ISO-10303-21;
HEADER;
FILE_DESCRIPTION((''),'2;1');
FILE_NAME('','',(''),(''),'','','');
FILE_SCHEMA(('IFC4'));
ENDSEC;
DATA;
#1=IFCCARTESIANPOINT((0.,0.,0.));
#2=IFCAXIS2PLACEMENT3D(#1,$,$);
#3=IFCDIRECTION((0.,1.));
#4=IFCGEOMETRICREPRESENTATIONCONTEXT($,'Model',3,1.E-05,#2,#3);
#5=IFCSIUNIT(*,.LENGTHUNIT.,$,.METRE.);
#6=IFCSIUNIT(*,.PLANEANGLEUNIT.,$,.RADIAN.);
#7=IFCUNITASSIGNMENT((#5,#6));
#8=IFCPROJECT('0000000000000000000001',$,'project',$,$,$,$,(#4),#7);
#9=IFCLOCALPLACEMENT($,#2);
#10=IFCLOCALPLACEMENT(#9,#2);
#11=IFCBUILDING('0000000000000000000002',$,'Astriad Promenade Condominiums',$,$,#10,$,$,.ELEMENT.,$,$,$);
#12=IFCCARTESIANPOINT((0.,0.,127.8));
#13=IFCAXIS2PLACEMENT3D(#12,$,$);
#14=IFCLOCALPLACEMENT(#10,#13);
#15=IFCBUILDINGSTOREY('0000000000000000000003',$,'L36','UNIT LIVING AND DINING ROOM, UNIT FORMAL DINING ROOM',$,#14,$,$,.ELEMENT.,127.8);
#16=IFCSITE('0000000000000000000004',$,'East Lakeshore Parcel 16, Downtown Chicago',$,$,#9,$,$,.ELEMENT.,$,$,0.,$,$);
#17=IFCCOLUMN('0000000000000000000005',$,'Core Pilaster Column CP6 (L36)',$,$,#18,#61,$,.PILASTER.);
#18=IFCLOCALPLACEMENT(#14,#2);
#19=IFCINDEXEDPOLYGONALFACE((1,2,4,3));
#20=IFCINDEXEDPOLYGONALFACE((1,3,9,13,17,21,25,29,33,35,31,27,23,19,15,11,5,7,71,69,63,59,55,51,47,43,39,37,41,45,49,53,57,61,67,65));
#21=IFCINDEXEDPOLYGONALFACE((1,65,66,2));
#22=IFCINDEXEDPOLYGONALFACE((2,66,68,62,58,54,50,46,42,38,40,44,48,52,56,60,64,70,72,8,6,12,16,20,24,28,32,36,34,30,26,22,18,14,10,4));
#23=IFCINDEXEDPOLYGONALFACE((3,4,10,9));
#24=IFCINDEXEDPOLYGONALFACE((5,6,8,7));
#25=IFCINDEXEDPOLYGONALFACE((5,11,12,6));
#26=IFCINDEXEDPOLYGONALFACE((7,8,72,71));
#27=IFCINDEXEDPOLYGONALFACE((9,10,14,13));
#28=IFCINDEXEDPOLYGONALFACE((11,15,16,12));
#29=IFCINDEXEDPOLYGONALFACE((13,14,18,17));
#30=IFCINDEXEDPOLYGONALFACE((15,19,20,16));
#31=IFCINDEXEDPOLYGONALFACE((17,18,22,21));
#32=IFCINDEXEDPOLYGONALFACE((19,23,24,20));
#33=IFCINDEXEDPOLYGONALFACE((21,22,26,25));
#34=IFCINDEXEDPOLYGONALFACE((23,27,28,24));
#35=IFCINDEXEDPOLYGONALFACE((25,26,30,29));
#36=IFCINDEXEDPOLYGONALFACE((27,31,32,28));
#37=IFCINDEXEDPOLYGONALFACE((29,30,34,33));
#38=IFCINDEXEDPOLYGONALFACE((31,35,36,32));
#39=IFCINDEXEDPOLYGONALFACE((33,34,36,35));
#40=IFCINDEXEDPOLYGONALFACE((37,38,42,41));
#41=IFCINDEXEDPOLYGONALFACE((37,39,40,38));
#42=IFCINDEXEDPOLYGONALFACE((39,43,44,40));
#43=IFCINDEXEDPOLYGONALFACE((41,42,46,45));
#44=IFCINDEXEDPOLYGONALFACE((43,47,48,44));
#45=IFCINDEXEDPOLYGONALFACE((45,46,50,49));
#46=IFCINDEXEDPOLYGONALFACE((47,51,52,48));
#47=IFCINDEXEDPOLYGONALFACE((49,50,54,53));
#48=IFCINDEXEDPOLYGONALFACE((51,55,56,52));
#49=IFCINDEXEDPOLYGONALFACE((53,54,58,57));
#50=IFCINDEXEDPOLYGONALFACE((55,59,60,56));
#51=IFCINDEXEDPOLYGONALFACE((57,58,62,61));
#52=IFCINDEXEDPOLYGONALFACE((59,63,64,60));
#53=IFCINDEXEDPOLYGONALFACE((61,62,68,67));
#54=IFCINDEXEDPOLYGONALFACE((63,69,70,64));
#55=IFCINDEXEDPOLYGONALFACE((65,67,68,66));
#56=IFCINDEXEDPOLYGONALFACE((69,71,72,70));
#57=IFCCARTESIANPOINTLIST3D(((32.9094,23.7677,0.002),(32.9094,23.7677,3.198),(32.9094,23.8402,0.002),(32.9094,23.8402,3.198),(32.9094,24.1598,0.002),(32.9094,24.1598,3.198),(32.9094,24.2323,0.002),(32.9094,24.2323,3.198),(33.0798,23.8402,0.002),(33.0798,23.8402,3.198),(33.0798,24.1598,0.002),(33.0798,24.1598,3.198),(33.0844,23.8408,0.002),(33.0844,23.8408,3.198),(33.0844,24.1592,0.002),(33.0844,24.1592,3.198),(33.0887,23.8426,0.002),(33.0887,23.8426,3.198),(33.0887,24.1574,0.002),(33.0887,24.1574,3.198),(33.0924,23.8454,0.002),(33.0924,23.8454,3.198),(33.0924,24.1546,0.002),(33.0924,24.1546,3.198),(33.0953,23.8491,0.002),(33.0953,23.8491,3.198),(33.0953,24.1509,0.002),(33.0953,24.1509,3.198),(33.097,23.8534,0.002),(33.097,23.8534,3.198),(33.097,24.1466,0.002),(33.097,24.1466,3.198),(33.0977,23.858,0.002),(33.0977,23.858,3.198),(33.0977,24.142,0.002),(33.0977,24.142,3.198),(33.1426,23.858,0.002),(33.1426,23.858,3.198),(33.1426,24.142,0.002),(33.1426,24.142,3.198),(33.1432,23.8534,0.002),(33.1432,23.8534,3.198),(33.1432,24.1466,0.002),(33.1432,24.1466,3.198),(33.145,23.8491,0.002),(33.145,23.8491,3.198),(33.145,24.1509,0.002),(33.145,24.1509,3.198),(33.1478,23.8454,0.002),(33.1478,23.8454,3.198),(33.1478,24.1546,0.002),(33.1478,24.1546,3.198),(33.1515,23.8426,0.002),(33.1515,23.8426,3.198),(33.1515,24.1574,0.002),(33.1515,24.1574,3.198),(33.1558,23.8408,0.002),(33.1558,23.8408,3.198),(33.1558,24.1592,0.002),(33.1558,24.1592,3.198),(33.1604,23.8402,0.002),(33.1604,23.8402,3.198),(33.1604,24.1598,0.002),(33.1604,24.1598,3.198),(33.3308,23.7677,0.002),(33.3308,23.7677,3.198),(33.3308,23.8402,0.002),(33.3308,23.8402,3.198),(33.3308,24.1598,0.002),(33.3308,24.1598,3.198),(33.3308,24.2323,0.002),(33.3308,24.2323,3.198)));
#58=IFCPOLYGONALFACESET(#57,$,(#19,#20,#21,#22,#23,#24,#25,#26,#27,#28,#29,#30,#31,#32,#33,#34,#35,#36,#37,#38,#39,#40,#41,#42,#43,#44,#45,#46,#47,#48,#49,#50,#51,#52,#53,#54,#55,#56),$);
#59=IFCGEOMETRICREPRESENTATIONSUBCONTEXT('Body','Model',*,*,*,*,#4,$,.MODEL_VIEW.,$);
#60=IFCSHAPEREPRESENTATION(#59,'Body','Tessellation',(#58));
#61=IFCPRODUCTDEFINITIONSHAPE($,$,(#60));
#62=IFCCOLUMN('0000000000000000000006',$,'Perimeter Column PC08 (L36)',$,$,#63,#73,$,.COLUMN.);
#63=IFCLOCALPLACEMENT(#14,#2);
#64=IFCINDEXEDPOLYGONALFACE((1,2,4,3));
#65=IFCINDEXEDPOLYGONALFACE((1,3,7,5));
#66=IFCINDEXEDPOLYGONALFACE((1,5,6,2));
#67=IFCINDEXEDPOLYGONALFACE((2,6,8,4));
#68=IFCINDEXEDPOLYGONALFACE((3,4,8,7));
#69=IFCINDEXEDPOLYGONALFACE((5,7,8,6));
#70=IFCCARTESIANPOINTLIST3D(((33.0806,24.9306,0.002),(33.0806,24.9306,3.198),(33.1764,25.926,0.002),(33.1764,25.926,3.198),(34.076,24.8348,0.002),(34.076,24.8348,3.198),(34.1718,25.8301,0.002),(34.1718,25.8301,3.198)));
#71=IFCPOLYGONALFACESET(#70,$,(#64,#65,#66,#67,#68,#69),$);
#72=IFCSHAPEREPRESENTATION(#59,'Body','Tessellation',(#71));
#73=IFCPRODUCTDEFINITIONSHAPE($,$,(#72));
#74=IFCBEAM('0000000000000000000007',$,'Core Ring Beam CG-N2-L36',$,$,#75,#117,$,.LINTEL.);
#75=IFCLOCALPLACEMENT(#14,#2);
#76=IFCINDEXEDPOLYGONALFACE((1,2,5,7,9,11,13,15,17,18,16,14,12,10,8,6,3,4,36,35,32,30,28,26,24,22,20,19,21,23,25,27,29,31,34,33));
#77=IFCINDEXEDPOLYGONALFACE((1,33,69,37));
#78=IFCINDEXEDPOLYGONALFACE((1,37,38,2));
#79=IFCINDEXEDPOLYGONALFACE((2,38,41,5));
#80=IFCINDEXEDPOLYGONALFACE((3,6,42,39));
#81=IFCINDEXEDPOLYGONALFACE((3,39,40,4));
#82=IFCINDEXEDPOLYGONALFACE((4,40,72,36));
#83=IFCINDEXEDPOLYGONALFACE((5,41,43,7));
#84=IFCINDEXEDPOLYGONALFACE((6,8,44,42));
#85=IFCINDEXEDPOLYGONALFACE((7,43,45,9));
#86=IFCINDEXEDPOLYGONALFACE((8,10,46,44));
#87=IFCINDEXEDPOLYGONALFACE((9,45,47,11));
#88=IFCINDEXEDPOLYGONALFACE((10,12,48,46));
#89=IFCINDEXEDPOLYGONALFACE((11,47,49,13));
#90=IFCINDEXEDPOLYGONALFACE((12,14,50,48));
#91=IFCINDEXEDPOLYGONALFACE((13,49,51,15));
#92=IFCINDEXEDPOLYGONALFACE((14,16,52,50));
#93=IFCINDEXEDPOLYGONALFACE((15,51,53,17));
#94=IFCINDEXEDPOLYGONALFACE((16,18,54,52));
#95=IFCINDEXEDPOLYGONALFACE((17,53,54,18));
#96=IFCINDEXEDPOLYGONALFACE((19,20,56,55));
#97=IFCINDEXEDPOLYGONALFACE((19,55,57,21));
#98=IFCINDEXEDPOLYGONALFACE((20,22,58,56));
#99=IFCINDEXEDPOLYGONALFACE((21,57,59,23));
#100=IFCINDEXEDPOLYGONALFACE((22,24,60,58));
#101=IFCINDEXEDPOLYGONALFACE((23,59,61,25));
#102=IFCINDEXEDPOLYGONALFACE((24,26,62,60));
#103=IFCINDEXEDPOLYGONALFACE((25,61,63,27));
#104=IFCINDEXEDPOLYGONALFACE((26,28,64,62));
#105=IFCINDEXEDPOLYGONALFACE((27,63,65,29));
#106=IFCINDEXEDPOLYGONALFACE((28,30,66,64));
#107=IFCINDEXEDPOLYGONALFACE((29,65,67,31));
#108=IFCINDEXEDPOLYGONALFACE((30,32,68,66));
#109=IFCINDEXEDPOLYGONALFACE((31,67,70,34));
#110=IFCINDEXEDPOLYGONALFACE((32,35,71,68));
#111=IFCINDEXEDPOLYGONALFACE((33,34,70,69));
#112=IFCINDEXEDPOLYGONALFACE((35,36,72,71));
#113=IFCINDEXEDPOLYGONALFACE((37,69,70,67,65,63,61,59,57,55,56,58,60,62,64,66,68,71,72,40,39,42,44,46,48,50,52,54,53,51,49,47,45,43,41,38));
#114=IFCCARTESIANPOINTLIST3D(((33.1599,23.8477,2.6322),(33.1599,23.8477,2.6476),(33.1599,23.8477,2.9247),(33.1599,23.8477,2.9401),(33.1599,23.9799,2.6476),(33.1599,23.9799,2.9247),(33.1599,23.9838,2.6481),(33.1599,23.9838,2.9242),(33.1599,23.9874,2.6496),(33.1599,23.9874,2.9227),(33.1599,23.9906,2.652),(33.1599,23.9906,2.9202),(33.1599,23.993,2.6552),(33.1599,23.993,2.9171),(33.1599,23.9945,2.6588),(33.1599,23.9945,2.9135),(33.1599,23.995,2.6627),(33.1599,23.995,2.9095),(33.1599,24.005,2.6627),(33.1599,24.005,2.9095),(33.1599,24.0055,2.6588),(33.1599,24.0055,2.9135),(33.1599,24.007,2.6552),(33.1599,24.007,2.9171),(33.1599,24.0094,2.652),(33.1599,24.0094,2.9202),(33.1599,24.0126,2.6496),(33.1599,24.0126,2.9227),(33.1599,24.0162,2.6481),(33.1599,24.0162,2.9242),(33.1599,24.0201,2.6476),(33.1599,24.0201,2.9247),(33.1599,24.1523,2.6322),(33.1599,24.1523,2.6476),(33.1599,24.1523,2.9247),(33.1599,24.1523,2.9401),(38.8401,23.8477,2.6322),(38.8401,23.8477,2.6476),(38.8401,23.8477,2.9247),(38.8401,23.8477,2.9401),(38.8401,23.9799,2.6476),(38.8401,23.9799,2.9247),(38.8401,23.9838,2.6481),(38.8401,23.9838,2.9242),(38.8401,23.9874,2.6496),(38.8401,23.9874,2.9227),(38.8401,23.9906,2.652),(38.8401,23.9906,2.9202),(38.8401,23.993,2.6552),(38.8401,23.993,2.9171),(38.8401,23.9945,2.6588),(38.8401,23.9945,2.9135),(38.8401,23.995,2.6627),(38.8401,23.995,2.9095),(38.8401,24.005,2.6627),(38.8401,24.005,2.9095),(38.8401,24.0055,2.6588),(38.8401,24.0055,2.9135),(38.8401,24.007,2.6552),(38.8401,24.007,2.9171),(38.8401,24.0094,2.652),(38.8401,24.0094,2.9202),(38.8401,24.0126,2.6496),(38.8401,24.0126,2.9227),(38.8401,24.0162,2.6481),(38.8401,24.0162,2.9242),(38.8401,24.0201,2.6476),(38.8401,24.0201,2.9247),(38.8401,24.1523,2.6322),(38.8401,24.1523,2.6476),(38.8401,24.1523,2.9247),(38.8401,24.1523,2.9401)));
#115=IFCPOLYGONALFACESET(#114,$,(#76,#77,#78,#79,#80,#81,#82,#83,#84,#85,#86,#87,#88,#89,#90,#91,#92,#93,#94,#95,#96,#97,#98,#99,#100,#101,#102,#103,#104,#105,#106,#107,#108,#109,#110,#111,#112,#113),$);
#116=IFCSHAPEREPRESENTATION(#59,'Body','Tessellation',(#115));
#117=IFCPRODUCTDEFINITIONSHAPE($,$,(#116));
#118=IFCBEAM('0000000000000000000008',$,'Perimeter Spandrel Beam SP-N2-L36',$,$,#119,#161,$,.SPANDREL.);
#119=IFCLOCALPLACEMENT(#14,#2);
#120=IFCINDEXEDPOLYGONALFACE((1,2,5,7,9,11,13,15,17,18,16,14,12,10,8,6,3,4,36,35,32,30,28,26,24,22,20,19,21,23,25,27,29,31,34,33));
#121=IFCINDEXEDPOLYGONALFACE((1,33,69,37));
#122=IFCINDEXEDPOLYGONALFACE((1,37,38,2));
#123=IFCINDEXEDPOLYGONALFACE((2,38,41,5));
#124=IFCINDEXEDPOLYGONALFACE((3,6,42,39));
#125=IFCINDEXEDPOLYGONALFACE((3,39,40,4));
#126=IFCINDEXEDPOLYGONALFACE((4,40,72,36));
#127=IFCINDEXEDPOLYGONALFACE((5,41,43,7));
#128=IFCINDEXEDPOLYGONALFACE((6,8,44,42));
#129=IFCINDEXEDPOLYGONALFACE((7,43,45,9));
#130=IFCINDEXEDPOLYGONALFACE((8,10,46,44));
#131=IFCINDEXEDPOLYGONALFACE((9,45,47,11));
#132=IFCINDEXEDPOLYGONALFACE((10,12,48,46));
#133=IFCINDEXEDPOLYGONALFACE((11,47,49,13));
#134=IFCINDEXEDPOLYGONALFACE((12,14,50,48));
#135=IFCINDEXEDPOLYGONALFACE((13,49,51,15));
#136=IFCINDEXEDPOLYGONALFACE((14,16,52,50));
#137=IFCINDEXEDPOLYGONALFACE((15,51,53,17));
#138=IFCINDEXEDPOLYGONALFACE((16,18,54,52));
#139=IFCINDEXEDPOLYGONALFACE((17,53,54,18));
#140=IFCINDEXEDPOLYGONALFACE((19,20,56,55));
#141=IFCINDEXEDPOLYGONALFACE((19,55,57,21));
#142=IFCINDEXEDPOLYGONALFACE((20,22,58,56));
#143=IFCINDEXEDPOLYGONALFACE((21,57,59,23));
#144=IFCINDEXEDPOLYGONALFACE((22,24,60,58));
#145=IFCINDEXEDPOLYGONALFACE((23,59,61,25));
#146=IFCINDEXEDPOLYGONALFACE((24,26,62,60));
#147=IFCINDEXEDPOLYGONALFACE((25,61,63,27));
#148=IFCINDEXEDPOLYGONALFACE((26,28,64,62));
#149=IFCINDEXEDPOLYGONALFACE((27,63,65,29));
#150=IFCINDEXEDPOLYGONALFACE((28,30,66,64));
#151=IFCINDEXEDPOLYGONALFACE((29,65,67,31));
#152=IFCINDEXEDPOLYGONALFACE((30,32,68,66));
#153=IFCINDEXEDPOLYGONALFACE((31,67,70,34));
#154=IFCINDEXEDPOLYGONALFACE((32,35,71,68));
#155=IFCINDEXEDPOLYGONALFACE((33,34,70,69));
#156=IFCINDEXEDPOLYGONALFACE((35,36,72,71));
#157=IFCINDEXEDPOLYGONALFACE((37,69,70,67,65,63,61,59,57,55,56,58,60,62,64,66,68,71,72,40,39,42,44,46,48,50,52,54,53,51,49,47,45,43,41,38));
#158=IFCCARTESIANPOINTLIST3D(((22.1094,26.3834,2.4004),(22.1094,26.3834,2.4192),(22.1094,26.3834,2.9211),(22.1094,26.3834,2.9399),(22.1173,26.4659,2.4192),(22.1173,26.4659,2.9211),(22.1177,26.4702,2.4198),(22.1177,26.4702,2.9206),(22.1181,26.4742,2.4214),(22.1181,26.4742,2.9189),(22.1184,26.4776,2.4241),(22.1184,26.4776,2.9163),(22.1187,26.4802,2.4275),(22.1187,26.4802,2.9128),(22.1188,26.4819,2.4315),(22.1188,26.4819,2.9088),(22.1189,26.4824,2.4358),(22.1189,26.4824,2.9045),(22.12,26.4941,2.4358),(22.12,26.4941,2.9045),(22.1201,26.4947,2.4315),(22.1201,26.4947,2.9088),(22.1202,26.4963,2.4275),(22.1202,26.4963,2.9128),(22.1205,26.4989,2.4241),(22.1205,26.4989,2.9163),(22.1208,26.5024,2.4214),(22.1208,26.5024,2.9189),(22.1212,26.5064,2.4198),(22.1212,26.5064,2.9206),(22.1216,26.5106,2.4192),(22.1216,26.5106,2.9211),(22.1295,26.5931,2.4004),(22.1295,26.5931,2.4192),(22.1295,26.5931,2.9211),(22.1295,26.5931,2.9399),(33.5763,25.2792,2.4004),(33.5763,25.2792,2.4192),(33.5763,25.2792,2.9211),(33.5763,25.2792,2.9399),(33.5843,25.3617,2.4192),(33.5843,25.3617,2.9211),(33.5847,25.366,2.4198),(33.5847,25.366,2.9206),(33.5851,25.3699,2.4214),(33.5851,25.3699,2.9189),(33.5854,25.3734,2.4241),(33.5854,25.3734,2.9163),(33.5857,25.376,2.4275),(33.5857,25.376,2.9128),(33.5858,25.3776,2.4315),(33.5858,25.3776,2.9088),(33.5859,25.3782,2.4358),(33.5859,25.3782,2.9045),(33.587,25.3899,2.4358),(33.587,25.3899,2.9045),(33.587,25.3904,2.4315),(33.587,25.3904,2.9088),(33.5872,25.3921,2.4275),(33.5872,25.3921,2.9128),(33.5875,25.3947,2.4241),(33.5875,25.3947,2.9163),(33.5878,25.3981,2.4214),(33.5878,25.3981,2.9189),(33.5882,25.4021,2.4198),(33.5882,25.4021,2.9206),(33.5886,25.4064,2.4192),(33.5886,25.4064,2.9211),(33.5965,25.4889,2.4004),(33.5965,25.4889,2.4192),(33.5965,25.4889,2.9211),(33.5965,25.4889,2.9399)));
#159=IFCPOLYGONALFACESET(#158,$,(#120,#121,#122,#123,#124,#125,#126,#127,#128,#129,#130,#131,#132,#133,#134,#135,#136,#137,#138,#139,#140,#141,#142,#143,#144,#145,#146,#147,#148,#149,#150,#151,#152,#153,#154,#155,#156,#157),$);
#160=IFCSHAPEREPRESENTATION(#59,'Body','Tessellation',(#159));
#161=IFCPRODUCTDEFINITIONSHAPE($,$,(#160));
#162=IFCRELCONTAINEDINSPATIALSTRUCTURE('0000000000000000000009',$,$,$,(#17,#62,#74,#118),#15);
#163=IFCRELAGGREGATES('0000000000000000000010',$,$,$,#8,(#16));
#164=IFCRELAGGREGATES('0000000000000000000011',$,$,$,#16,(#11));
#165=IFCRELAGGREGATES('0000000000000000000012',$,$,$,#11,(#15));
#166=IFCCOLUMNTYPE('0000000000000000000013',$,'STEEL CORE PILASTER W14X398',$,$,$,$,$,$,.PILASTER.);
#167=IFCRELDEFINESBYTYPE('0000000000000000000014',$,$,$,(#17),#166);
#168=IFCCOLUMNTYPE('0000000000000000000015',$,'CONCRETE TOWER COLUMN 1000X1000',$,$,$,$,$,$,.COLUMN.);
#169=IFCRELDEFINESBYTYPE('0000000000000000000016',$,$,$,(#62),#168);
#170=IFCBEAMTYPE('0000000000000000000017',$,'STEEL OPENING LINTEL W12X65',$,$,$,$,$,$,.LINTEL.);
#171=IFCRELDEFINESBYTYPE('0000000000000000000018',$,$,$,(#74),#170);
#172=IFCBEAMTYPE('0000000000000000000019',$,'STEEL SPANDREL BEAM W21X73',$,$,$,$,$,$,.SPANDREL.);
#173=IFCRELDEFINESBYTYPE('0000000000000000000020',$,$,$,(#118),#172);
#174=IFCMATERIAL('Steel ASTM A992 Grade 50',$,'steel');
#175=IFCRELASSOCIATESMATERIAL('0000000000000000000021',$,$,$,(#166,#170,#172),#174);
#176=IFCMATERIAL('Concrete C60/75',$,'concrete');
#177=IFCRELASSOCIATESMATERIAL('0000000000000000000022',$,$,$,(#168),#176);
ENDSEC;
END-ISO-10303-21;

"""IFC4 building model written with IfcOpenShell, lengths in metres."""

from ifc_helpers import new_model, si_unit, direction, frame, origin, origin_2d, place, context, subcontext, project, spatial, rectangle, i_section, extrude, source, transform, mapped, material, material_profile, profile_set, type_object, type_shapes, element, save


model = new_model("IFC4")

# Units and contexts
model_context = context("Model", 3, precision=1e-05, world=origin(), true_north=direction((0.0, 1.0)))
body_context = subcontext(model_context, "Body", "Model", "MODEL_VIEW")
ifc_project = project(units=[si_unit("LENGTHUNIT", "METRE"), si_unit("PLANEANGLEUNIT", "RADIAN")], contexts=[model_context])

# Site, building, storey
site_placement = place(None, origin())
site = spatial("IfcSite", under=ifc_project, at=site_placement, Name="East Lakeshore Parcel 16, Downtown Chicago", CompositionType="ELEMENT", RefElevation=0.0)
building_placement = place(site_placement, origin())
building = spatial("IfcBuilding", under=site, at=building_placement, Name="Astriad Promenade Condominiums", CompositionType="ELEMENT")
storey_placement = place(building_placement, frame((0.0, 0.0, 127.8)))
storey = spatial("IfcBuildingStorey", under=building, at=storey_placement, Name="L36", Description="UNIT LIVING AND DINING ROOM, UNIT FORMAL DINING ROOM", CompositionType="ELEMENT", Elevation=127.8)

# Columns
ifc_material_1 = material(Name="Steel ASTM A992 Grade 50", Category="steel")
ifc_material_profile_1 = material_profile(ifc_material_1, i_section(OverallWidth=0.4214, OverallDepth=0.4646, WebThickness=0.0449, FlangeThickness=0.0725, FilletRadius=0.0178, at=origin_2d()), Name="W14X398")
ifc_profile_set_1 = profile_set([ifc_material_profile_1], Name="Steel ASTM A992 Grade 50")
column_type_1 = type_object("IfcColumnType", Name="STEEL CORE PILASTER W14X398", PredefinedType="PILASTER", material=ifc_profile_set_1)
shared_shape_1 = source(origin(), body_context, "Body", "SweptSolid", [
    extrude(i_section(OverallWidth=0.4214, OverallDepth=0.4646, WebThickness=0.0449, FlangeThickness=0.0725, FilletRadius=0.0178, at=origin_2d()), origin(), (0.0, 0.0, 1.0), 3.196),
])
type_shapes(column_type_1, [shared_shape_1])
column_1_placement = place(storey_placement, frame((33.1201, 24.0, 0.002), z_axis=(0.0, 0.0, 1.0), x_axis=(1.0, 0.0, 0.0)))
element("IfcColumn", 1, at=column_1_placement, inside=storey, type_object=column_type_1, Name="Core Pilaster Column CP6 (L36)", PredefinedType="PILASTER", context=body_context, shape_type="MappedRepresentation", body=[
    mapped(shared_shape_1, transform((0.0, 0.0, 0.0), scale=1.0)),
])
ifc_material_2 = material(Name="Concrete C60/75", Category="concrete")
ifc_material_profile_2 = material_profile(ifc_material_2, rectangle(XDim=1.0, YDim=1.0, at=origin_2d()), Name="RC-COL-1000X1000")
ifc_profile_set_2 = profile_set([ifc_material_profile_2], Name="Concrete C60/75")
column_type_2 = type_object("IfcColumnType", Name="CONCRETE TOWER COLUMN 1000X1000", PredefinedType="COLUMN", material=ifc_profile_set_2)
shared_shape_2 = source(origin(), body_context, "Body", "SweptSolid", [
    extrude(rectangle(XDim=1.0, YDim=1.0, at=origin_2d()), origin(), (0.0, 0.0, 1.0), 3.196),
])
type_shapes(column_type_2, [shared_shape_2])
column_2_placement = place(storey_placement, frame((33.6262, 25.3804, 0.002), z_axis=(0.0, 0.0, 1.0), x_axis=(0.995396, -0.095846, 0.0)))
element("IfcColumn", 2, at=column_2_placement, inside=storey, type_object=column_type_2, Name="Perimeter Column PC08 (L36)", PredefinedType="COLUMN", context=body_context, shape_type="MappedRepresentation", body=[
    mapped(shared_shape_2, transform((0.0, 0.0, 0.0), scale=1.0)),
])

# Beams
ifc_material_profile_3 = material_profile(ifc_material_1, i_section(OverallWidth=0.3047, OverallDepth=0.3079, WebThickness=0.01, FlangeThickness=0.0154, FilletRadius=0.0151, at=origin_2d()), Name="W12X65")
ifc_profile_set_3 = profile_set([ifc_material_profile_3], Name="Steel ASTM A992 Grade 50")
beam_type_1 = type_object("IfcBeamType", Name="STEEL OPENING LINTEL W12X65", PredefinedType="LINTEL", material=ifc_profile_set_3)
shared_shape_3 = source(origin(), body_context, "Body", "SweptSolid", [
    extrude(i_section(OverallWidth=0.3047, OverallDepth=0.3079, WebThickness=0.01, FlangeThickness=0.0154, FilletRadius=0.0151, at=origin_2d()), origin(), (0.0, 0.0, 1.0), 5.6802),
])
type_shapes(beam_type_1, [shared_shape_3])
beam_1_placement = place(storey_placement, frame((33.1599, 24.0, 2.7861), z_axis=(1.0, 0.0, 0.0), x_axis=(0.0, 1.0, 0.0)))
element("IfcBeam", 3, at=beam_1_placement, inside=storey, type_object=beam_type_1, Name="Core Ring Beam CG-N2-L36", PredefinedType="LINTEL", context=body_context, shape_type="MappedRepresentation", body=[
    mapped(shared_shape_3, transform((0.0, 0.0, 0.0), scale=1.0)),
])
ifc_material_profile_4 = material_profile(ifc_material_1, i_section(OverallWidth=0.2107, OverallDepth=0.5396, WebThickness=0.0117, FlangeThickness=0.0188, FilletRadius=0.0166, at=origin_2d()), Name="W21X73")
ifc_profile_set_4 = profile_set([ifc_material_profile_4], Name="Steel ASTM A992 Grade 50")
beam_type_2 = type_object("IfcBeamType", Name="STEEL SPANDREL BEAM W21X73", PredefinedType="SPANDREL", material=ifc_profile_set_4)
shared_shape_4 = source(origin(), body_context, "Body", "SweptSolid", [
    extrude(i_section(OverallWidth=0.2107, OverallDepth=0.5396, WebThickness=0.0117, FlangeThickness=0.0188, FilletRadius=0.0166, at=origin_2d()), origin(), (0.0, 0.0, 1.0), 11.52),
])
type_shapes(beam_type_2, [shared_shape_4])
beam_2_placement = place(storey_placement, frame((33.5864, 25.384, 2.6702), z_axis=(-0.995395, 0.095854, 0.0), x_axis=(-0.095854, -0.995395, 0.0)))
element("IfcBeam", 4, at=beam_2_placement, inside=storey, type_object=beam_type_2, Name="Perimeter Spandrel Beam SP-N2-L36", PredefinedType="SPANDREL", context=body_context, shape_type="MappedRepresentation", body=[
    mapped(shared_shape_4, transform((0.0, 0.0, 0.0), scale=1.0)),
])

save(model, "model.ifc")
